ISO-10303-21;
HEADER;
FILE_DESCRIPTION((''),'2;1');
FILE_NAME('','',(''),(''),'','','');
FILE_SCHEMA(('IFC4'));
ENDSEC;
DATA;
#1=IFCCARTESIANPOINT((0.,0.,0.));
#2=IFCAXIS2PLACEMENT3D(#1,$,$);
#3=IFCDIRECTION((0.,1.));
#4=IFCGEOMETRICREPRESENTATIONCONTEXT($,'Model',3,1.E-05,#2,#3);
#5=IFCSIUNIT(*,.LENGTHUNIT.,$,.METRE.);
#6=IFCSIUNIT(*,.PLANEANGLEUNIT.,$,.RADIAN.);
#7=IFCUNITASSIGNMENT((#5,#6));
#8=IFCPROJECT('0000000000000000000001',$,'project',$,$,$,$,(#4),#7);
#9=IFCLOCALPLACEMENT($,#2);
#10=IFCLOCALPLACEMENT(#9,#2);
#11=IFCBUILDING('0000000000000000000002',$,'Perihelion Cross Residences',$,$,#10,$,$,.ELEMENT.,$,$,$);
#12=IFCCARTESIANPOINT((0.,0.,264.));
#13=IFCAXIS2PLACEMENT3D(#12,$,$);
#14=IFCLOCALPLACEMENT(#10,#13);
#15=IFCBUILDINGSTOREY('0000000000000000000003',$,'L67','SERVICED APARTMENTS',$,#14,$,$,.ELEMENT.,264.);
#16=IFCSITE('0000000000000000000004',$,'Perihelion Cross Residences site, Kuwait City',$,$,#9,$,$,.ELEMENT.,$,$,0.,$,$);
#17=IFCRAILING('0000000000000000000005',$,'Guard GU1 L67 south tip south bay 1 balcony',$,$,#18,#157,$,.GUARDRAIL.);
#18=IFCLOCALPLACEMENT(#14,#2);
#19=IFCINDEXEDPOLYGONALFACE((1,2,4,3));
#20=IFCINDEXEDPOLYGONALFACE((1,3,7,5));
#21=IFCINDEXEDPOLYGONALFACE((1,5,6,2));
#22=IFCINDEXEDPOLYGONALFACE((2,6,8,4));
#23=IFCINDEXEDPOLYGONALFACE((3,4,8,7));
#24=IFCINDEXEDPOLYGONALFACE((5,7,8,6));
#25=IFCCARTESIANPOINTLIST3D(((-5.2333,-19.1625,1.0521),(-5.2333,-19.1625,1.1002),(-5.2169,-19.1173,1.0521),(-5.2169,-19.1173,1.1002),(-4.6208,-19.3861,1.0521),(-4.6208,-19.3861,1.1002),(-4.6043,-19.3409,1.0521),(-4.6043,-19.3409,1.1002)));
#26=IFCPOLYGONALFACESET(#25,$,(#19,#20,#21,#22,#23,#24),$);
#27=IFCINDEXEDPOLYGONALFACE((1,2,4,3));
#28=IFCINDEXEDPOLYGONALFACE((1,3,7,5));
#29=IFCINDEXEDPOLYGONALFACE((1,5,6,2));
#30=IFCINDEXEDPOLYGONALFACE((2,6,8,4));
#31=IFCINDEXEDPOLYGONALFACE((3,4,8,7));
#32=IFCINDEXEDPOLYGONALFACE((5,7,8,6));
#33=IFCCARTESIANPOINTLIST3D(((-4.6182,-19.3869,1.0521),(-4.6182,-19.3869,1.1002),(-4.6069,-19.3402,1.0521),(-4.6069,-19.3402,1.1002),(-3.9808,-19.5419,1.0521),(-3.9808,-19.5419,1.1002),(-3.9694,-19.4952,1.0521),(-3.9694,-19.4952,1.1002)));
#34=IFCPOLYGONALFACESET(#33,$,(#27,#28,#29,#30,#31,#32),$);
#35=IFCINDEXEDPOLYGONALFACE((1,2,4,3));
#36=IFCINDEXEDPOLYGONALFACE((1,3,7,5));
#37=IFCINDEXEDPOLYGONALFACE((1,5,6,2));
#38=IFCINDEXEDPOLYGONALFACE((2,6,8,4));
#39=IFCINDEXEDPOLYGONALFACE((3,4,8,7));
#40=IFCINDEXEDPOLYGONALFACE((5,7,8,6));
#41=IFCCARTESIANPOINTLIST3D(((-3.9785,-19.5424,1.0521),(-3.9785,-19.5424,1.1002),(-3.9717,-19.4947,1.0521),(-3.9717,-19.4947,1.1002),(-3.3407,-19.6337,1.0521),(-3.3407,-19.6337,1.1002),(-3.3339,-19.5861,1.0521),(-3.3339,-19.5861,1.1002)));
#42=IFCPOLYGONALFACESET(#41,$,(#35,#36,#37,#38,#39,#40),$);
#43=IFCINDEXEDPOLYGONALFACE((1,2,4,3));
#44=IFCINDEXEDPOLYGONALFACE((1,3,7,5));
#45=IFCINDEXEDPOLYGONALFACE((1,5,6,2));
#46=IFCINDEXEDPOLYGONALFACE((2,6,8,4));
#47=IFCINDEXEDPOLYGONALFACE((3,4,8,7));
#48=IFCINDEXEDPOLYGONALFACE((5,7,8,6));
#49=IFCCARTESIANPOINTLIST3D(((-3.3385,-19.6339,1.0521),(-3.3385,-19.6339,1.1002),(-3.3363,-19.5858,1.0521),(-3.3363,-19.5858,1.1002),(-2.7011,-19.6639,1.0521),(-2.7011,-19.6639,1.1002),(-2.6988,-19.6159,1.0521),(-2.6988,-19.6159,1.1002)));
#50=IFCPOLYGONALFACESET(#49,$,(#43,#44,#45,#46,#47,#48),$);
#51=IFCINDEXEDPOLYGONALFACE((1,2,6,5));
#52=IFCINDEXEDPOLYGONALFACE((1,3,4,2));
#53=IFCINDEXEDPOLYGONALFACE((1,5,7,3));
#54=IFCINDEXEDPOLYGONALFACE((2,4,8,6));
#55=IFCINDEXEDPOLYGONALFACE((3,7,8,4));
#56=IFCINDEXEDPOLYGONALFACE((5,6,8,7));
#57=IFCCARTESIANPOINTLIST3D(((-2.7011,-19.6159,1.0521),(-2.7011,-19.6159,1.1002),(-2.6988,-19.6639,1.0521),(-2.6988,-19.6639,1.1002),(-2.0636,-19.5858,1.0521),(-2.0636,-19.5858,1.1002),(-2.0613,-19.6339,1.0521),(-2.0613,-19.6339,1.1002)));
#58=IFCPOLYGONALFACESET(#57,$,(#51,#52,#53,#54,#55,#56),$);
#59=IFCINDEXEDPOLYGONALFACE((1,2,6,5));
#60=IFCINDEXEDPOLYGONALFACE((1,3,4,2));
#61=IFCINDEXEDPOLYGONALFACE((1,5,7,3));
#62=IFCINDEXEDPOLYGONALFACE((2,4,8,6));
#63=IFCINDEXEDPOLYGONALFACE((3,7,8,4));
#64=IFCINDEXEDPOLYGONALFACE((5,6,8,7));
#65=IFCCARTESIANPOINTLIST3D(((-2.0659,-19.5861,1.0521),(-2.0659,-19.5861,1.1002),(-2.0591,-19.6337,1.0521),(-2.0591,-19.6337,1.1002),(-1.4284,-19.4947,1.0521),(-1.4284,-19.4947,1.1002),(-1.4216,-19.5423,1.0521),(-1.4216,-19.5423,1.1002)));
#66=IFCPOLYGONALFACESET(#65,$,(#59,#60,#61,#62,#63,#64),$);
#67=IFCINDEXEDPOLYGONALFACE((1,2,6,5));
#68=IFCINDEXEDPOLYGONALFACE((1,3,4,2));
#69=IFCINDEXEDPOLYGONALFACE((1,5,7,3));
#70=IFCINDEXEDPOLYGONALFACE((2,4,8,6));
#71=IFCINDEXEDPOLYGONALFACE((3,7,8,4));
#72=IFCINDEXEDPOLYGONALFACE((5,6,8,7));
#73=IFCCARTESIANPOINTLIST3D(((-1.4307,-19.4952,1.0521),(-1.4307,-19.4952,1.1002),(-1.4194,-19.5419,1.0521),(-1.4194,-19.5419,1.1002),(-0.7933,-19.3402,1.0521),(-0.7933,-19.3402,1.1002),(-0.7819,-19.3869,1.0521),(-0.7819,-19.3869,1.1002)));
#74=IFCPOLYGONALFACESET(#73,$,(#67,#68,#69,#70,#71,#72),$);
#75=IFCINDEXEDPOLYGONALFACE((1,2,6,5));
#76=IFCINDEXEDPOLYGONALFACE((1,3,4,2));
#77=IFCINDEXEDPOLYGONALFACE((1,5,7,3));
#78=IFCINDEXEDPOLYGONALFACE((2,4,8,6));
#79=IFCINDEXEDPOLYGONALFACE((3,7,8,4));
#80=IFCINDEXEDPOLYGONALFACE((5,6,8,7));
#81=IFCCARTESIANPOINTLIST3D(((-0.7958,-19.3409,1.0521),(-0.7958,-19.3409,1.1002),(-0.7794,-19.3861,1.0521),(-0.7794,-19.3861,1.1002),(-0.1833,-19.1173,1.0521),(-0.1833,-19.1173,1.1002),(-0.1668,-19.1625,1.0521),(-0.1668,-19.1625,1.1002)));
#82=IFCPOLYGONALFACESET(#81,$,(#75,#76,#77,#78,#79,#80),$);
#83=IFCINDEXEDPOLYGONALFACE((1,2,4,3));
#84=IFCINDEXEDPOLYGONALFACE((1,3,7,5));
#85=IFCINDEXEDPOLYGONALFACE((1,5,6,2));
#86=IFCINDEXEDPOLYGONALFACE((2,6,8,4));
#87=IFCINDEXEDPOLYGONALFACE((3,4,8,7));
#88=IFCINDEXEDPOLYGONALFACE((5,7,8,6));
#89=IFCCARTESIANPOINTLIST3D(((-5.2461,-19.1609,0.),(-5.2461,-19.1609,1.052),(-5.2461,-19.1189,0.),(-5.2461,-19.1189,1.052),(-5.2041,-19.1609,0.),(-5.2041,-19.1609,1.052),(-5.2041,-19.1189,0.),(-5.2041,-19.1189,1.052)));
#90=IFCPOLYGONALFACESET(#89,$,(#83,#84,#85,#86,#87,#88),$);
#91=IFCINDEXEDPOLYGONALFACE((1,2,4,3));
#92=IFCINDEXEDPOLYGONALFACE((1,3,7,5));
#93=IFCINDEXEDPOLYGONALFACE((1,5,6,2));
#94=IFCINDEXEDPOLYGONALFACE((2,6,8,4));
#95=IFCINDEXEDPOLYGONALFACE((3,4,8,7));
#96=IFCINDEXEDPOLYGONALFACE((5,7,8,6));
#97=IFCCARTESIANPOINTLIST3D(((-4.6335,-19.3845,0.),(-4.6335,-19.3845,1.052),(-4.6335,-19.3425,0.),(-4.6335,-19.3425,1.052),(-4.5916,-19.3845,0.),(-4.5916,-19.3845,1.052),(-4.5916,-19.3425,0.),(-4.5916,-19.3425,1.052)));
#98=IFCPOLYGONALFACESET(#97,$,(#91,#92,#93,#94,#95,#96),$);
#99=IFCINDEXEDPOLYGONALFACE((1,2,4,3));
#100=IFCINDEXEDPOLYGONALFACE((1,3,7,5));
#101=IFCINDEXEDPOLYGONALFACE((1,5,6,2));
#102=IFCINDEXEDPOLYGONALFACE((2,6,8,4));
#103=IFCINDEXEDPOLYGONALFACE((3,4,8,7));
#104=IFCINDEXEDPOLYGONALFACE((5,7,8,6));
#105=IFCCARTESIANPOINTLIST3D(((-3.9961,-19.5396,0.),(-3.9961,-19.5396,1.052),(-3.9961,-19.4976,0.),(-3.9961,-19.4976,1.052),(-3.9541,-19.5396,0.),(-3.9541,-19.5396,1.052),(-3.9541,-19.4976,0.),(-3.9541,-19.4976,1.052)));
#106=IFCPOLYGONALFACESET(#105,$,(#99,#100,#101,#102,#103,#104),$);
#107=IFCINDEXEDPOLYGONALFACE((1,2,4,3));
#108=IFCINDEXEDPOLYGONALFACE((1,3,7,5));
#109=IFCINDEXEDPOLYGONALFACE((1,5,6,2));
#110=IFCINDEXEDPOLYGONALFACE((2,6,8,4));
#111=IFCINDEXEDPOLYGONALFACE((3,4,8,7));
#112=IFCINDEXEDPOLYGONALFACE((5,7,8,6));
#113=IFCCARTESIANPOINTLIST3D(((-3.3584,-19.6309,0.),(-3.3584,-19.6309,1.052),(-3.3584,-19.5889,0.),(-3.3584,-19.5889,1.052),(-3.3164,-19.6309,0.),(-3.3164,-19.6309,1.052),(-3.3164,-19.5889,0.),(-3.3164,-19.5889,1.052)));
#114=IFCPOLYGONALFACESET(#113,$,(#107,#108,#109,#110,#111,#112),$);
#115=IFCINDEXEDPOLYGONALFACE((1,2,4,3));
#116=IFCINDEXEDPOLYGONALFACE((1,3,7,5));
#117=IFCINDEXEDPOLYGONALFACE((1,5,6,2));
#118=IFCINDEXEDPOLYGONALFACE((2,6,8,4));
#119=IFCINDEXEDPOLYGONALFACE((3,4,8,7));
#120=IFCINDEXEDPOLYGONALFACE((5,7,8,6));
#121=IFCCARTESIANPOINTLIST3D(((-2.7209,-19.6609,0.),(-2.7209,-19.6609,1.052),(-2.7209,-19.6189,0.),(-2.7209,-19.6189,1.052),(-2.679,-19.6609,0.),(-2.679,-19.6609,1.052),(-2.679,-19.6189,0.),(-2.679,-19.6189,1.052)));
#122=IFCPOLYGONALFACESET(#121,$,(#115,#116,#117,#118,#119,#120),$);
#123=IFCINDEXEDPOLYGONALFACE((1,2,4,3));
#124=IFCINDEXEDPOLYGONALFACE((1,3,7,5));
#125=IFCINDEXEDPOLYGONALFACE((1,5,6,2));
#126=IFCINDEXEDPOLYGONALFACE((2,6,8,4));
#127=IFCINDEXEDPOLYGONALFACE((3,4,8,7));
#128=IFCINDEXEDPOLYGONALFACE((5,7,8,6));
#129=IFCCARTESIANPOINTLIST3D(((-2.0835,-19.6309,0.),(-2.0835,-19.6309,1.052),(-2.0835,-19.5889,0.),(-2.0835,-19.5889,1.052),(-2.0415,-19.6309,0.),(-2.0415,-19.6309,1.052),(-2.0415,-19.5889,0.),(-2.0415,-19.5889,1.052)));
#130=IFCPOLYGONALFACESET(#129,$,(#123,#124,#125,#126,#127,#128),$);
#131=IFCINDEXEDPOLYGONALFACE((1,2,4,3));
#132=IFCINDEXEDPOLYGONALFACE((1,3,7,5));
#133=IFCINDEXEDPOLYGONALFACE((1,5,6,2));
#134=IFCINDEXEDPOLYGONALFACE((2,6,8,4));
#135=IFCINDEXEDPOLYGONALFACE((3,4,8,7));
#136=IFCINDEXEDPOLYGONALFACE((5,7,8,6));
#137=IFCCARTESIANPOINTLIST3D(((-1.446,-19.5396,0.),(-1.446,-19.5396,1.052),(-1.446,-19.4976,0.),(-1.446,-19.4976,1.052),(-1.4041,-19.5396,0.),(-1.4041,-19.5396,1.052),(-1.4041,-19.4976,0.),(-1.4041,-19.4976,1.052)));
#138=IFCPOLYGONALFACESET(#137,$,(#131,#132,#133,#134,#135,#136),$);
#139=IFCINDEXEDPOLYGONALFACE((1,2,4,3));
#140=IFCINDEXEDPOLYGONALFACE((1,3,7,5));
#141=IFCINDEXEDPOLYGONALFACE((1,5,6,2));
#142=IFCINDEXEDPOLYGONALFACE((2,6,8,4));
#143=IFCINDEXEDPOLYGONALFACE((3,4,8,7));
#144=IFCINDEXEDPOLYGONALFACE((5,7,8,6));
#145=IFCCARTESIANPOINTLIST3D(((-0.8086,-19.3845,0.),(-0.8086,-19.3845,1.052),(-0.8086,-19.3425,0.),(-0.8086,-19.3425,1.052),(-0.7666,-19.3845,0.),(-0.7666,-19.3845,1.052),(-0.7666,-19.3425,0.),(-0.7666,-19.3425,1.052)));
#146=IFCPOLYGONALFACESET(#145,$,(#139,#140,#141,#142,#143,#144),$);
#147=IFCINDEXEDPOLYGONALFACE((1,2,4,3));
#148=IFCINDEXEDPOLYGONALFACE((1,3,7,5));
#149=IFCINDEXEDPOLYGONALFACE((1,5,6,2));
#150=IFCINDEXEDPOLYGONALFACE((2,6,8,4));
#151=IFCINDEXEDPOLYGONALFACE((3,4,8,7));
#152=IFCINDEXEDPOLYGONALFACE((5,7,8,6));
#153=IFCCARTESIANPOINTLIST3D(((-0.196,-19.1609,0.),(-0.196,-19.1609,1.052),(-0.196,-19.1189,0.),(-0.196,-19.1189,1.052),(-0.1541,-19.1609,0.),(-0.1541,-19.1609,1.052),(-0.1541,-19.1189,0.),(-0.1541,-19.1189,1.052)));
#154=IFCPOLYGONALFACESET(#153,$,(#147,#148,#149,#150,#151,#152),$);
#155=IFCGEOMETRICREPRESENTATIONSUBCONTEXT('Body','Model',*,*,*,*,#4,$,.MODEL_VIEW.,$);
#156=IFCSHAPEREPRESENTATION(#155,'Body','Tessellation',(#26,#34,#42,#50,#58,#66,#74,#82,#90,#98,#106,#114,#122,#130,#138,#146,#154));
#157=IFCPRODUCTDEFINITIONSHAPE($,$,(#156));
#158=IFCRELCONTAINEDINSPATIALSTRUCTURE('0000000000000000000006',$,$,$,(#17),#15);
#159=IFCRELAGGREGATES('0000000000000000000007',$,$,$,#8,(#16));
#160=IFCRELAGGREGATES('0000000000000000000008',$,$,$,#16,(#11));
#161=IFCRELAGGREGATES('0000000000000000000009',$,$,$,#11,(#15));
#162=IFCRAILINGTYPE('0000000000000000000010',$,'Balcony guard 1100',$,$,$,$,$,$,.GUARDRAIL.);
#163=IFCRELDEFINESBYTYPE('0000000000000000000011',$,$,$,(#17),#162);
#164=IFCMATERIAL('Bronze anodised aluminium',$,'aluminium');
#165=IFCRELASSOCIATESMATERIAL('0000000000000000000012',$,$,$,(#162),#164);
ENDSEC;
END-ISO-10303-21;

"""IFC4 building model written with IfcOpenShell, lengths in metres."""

from ifc_helpers import new_model, si_unit, direction, frame, origin, origin_2d, place, context, subcontext, project, spatial, rectangle, extrude, material, type_object, element, save


model = new_model("IFC4")

# Units and contexts
model_context = context("Model", 3, precision=1e-05, world=origin(), true_north=direction((0.0, 1.0)))
body_context = subcontext(model_context, "Body", "Model", "MODEL_VIEW")
ifc_project = project(units=[si_unit("LENGTHUNIT", "METRE"), si_unit("PLANEANGLEUNIT", "RADIAN")], contexts=[model_context])

# Site, building, storey
site_placement = place(None, origin())
site = spatial("IfcSite", under=ifc_project, at=site_placement, Name="Perihelion Cross Residences site, Kuwait City", CompositionType="ELEMENT", RefElevation=0.0)
building_placement = place(site_placement, origin())
building = spatial("IfcBuilding", under=site, at=building_placement, Name="Perihelion Cross Residences", CompositionType="ELEMENT")
storey_placement = place(building_placement, frame((0.0, 0.0, 264.0)))
storey = spatial("IfcBuildingStorey", under=building, at=storey_placement, Name="L67", Description="SERVICED APARTMENTS", CompositionType="ELEMENT", Elevation=264.0)

# Railing
ifc_material_1 = material(Name="Bronze anodised aluminium", Category="aluminium")
railing_type = type_object("IfcRailingType", Name="Balcony guard 1100", PredefinedType="GUARDRAIL", material=ifc_material_1)
railing_1_placement = place(storey_placement, frame((-5.2251, -19.1399, 0.0)))
element("IfcRailing", 1, at=railing_1_placement, inside=storey, type_object=railing_type, Name="Guard GU1 L67 south tip south bay 1 balcony", PredefinedType="GUARDRAIL", context=body_context, shape_type="SweptSolid", body=[
    extrude(rectangle(XDim=0.0481, YDim=0.0481, at=origin_2d()), frame((0.0, 0.0, 1.0762), z_axis=(0.939355, -0.342945, 0.0), x_axis=(0.342945, 0.939355, 0.0)), (0.0, 0.0, 1.0), 0.6521),
    extrude(rectangle(XDim=0.0481, YDim=0.0481, at=origin_2d()), frame((0.6125, -0.2236, 1.0762), z_axis=(0.971677, -0.236314, 0.0), x_axis=(0.236314, 0.971677, 0.0)), (0.0, 0.0, 1.0), 0.656),
    extrude(rectangle(XDim=0.0481, YDim=0.0481, at=origin_2d()), frame((1.25, -0.3787, 1.0762), z_axis=(0.989904, -0.14174, 0.0), x_axis=(0.14174, 0.989904, 0.0)), (0.0, 0.0, 1.0), 0.6443),
    extrude(rectangle(XDim=0.0481, YDim=0.0481, at=origin_2d()), frame((1.8877, -0.47, 1.0762), z_axis=(0.998892, -0.047056, 0.0), x_axis=(0.047056, 0.998892, 0.0)), (0.0, 0.0, 1.0), 0.6382),
    extrude(rectangle(XDim=0.0481, YDim=0.0481, at=origin_2d()), frame((2.5251, -0.5, 1.0762), z_axis=(0.998892, 0.047056, 0.0), x_axis=(-0.047056, 0.998892, 0.0)), (0.0, 0.0, 1.0), 0.6382),
    extrude(rectangle(XDim=0.0481, YDim=0.0481, at=origin_2d()), frame((3.1626, -0.47, 1.0762), z_axis=(0.989896, 0.141793, 0.0), x_axis=(-0.141793, 0.989896, 0.0)), (0.0, 0.0, 1.0), 0.644),
    extrude(rectangle(XDim=0.0481, YDim=0.0481, at=origin_2d()), frame((3.8, -0.3787, 1.0762), z_axis=(0.971677, 0.236314, 0.0), x_axis=(-0.236314, 0.971677, 0.0)), (0.0, 0.0, 1.0), 0.656),
    extrude(rectangle(XDim=0.0481, YDim=0.0481, at=origin_2d()), frame((4.4375, -0.2236, 1.0762), z_axis=(0.939355, 0.342945, 0.0), x_axis=(-0.342945, 0.939355, 0.0)), (0.0, 0.0, 1.0), 0.6521),
    extrude(rectangle(XDim=0.042, YDim=0.042, at=origin_2d()), origin(), (0.0, 0.0, 1.0), 1.052),
    extrude(rectangle(XDim=0.042, YDim=0.042, at=origin_2d()), frame((0.6125, -0.2236, 0.0)), (0.0, 0.0, 1.0), 1.052),
    extrude(rectangle(XDim=0.042, YDim=0.042, at=origin_2d()), frame((1.25, -0.3787, 0.0)), (0.0, 0.0, 1.0), 1.052),
    extrude(rectangle(XDim=0.042, YDim=0.042, at=origin_2d()), frame((1.8877, -0.47, 0.0)), (0.0, 0.0, 1.0), 1.052),
    extrude(rectangle(XDim=0.042, YDim=0.042, at=origin_2d()), frame((2.5251, -0.5, 0.0)), (0.0, 0.0, 1.0), 1.052),
    extrude(rectangle(XDim=0.042, YDim=0.042, at=origin_2d()), frame((3.1626, -0.47, 0.0)), (0.0, 0.0, 1.0), 1.052),
    extrude(rectangle(XDim=0.042, YDim=0.042, at=origin_2d()), frame((3.8, -0.3787, 0.0)), (0.0, 0.0, 1.0), 1.052),
    extrude(rectangle(XDim=0.042, YDim=0.042, at=origin_2d()), frame((4.4375, -0.2236, 0.0)), (0.0, 0.0, 1.0), 1.052),
    extrude(rectangle(XDim=0.042, YDim=0.042, at=origin_2d()), frame((5.05, 0.0, 0.0)), (0.0, 0.0, 1.0), 1.052),
])

save(model, "model.ifc")
